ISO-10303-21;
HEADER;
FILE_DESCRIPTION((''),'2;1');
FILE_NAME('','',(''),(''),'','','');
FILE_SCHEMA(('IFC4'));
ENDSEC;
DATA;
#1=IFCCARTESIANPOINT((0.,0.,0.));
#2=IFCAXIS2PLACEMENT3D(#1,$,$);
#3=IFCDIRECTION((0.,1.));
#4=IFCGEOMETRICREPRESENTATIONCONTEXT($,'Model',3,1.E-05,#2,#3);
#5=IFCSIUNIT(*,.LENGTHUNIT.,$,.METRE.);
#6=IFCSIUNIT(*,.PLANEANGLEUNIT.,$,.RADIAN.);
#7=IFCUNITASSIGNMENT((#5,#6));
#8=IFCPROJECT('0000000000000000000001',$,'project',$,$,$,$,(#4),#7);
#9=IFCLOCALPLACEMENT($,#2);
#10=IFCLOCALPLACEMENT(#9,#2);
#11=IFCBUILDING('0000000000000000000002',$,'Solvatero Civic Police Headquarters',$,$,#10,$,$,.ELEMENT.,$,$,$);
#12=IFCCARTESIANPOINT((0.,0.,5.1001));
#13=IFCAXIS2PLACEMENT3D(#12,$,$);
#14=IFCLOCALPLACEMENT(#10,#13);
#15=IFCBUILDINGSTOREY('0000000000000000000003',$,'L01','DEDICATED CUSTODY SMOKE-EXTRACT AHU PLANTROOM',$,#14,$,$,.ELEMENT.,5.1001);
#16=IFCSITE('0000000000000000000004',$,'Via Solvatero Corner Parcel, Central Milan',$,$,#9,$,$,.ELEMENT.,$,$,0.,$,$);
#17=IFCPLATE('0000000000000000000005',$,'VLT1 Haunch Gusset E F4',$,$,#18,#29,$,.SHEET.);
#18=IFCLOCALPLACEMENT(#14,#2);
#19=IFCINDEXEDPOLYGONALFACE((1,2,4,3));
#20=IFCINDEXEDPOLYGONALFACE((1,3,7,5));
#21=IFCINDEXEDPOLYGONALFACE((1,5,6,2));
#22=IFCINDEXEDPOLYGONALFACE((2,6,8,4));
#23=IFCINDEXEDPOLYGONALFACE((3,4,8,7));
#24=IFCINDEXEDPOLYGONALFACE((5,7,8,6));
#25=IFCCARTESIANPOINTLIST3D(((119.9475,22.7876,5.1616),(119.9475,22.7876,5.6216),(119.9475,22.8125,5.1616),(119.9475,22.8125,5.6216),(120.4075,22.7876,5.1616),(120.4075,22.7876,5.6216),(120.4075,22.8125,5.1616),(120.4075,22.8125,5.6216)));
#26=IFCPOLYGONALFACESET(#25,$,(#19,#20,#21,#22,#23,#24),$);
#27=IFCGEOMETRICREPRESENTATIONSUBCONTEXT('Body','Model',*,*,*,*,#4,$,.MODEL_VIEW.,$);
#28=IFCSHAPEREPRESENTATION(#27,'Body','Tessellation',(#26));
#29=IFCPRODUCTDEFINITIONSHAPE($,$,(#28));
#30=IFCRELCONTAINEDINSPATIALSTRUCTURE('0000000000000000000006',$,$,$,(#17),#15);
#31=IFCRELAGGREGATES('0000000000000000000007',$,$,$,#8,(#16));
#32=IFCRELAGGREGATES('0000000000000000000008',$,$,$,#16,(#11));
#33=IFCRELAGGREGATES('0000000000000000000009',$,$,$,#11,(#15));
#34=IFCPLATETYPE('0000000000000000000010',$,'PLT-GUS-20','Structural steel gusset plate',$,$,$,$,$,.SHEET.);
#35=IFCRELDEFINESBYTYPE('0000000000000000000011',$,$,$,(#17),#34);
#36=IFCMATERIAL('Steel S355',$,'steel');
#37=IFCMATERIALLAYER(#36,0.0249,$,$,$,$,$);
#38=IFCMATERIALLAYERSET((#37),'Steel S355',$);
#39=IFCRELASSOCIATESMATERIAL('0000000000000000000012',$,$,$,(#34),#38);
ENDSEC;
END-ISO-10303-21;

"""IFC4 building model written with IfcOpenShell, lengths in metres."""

from ifc_helpers import new_model, si_unit, direction, frame, origin, origin_2d, place, context, subcontext, project, spatial, rectangle, extrude, material, layer, layer_set, type_object, element, save


model = new_model("IFC4")

# Units and contexts
model_context = context("Model", 3, precision=1e-05, world=origin(), true_north=direction((0.0, 1.0)))
body_context = subcontext(model_context, "Body", "Model", "MODEL_VIEW")
ifc_project = project(units=[si_unit("LENGTHUNIT", "METRE"), si_unit("PLANEANGLEUNIT", "RADIAN")], contexts=[model_context])

# Site, building, storey
site_placement = place(None, origin())
site = spatial("IfcSite", under=ifc_project, at=site_placement, Name="Via Solvatero Corner Parcel, Central Milan", CompositionType="ELEMENT", RefElevation=0.0)
building_placement = place(site_placement, origin())
building = spatial("IfcBuilding", under=site, at=building_placement, Name="Solvatero Civic Police Headquarters", CompositionType="ELEMENT")
storey_placement = place(building_placement, frame((0.0, 0.0, 5.1001)))
storey = spatial("IfcBuildingStorey", under=building, at=storey_placement, Name="L01", Description="DEDICATED CUSTODY SMOKE-EXTRACT AHU PLANTROOM", CompositionType="ELEMENT", Elevation=5.1001)

# Shared definitions
ifc_material = material(Name="Steel S355", Category="steel")

# Plate
ifc_layer_1 = layer(ifc_material, 0.0249)
ifc_layer_set_1 = layer_set([ifc_layer_1], Name="Steel S355")
plate_type_1 = type_object("IfcPlateType", Name="PLT-GUS-20", Description="Structural steel gusset plate", PredefinedType="SHEET", material=ifc_layer_set_1)
for number, where, z_axis, x_axis, name in (
    (1, (120.1775, 22.8, 5.1616), (0.0, 0.0, 1.0), (1.0, 0.0, 0.0), "VLT1 Haunch Gusset E F4"),
):
    element("IfcPlate", number, at=place(storey_placement, frame(where, z_axis=z_axis, x_axis=x_axis)), inside=storey, type_object=plate_type_1, Name=name, PredefinedType="SHEET", context=body_context, shape_type="SweptSolid", body=[
        extrude(rectangle(XDim=0.46, YDim=0.0249, at=origin_2d()), origin(), (0.0, 0.0, 1.0), 0.46),
    ])

save(model, "model.ifc")
